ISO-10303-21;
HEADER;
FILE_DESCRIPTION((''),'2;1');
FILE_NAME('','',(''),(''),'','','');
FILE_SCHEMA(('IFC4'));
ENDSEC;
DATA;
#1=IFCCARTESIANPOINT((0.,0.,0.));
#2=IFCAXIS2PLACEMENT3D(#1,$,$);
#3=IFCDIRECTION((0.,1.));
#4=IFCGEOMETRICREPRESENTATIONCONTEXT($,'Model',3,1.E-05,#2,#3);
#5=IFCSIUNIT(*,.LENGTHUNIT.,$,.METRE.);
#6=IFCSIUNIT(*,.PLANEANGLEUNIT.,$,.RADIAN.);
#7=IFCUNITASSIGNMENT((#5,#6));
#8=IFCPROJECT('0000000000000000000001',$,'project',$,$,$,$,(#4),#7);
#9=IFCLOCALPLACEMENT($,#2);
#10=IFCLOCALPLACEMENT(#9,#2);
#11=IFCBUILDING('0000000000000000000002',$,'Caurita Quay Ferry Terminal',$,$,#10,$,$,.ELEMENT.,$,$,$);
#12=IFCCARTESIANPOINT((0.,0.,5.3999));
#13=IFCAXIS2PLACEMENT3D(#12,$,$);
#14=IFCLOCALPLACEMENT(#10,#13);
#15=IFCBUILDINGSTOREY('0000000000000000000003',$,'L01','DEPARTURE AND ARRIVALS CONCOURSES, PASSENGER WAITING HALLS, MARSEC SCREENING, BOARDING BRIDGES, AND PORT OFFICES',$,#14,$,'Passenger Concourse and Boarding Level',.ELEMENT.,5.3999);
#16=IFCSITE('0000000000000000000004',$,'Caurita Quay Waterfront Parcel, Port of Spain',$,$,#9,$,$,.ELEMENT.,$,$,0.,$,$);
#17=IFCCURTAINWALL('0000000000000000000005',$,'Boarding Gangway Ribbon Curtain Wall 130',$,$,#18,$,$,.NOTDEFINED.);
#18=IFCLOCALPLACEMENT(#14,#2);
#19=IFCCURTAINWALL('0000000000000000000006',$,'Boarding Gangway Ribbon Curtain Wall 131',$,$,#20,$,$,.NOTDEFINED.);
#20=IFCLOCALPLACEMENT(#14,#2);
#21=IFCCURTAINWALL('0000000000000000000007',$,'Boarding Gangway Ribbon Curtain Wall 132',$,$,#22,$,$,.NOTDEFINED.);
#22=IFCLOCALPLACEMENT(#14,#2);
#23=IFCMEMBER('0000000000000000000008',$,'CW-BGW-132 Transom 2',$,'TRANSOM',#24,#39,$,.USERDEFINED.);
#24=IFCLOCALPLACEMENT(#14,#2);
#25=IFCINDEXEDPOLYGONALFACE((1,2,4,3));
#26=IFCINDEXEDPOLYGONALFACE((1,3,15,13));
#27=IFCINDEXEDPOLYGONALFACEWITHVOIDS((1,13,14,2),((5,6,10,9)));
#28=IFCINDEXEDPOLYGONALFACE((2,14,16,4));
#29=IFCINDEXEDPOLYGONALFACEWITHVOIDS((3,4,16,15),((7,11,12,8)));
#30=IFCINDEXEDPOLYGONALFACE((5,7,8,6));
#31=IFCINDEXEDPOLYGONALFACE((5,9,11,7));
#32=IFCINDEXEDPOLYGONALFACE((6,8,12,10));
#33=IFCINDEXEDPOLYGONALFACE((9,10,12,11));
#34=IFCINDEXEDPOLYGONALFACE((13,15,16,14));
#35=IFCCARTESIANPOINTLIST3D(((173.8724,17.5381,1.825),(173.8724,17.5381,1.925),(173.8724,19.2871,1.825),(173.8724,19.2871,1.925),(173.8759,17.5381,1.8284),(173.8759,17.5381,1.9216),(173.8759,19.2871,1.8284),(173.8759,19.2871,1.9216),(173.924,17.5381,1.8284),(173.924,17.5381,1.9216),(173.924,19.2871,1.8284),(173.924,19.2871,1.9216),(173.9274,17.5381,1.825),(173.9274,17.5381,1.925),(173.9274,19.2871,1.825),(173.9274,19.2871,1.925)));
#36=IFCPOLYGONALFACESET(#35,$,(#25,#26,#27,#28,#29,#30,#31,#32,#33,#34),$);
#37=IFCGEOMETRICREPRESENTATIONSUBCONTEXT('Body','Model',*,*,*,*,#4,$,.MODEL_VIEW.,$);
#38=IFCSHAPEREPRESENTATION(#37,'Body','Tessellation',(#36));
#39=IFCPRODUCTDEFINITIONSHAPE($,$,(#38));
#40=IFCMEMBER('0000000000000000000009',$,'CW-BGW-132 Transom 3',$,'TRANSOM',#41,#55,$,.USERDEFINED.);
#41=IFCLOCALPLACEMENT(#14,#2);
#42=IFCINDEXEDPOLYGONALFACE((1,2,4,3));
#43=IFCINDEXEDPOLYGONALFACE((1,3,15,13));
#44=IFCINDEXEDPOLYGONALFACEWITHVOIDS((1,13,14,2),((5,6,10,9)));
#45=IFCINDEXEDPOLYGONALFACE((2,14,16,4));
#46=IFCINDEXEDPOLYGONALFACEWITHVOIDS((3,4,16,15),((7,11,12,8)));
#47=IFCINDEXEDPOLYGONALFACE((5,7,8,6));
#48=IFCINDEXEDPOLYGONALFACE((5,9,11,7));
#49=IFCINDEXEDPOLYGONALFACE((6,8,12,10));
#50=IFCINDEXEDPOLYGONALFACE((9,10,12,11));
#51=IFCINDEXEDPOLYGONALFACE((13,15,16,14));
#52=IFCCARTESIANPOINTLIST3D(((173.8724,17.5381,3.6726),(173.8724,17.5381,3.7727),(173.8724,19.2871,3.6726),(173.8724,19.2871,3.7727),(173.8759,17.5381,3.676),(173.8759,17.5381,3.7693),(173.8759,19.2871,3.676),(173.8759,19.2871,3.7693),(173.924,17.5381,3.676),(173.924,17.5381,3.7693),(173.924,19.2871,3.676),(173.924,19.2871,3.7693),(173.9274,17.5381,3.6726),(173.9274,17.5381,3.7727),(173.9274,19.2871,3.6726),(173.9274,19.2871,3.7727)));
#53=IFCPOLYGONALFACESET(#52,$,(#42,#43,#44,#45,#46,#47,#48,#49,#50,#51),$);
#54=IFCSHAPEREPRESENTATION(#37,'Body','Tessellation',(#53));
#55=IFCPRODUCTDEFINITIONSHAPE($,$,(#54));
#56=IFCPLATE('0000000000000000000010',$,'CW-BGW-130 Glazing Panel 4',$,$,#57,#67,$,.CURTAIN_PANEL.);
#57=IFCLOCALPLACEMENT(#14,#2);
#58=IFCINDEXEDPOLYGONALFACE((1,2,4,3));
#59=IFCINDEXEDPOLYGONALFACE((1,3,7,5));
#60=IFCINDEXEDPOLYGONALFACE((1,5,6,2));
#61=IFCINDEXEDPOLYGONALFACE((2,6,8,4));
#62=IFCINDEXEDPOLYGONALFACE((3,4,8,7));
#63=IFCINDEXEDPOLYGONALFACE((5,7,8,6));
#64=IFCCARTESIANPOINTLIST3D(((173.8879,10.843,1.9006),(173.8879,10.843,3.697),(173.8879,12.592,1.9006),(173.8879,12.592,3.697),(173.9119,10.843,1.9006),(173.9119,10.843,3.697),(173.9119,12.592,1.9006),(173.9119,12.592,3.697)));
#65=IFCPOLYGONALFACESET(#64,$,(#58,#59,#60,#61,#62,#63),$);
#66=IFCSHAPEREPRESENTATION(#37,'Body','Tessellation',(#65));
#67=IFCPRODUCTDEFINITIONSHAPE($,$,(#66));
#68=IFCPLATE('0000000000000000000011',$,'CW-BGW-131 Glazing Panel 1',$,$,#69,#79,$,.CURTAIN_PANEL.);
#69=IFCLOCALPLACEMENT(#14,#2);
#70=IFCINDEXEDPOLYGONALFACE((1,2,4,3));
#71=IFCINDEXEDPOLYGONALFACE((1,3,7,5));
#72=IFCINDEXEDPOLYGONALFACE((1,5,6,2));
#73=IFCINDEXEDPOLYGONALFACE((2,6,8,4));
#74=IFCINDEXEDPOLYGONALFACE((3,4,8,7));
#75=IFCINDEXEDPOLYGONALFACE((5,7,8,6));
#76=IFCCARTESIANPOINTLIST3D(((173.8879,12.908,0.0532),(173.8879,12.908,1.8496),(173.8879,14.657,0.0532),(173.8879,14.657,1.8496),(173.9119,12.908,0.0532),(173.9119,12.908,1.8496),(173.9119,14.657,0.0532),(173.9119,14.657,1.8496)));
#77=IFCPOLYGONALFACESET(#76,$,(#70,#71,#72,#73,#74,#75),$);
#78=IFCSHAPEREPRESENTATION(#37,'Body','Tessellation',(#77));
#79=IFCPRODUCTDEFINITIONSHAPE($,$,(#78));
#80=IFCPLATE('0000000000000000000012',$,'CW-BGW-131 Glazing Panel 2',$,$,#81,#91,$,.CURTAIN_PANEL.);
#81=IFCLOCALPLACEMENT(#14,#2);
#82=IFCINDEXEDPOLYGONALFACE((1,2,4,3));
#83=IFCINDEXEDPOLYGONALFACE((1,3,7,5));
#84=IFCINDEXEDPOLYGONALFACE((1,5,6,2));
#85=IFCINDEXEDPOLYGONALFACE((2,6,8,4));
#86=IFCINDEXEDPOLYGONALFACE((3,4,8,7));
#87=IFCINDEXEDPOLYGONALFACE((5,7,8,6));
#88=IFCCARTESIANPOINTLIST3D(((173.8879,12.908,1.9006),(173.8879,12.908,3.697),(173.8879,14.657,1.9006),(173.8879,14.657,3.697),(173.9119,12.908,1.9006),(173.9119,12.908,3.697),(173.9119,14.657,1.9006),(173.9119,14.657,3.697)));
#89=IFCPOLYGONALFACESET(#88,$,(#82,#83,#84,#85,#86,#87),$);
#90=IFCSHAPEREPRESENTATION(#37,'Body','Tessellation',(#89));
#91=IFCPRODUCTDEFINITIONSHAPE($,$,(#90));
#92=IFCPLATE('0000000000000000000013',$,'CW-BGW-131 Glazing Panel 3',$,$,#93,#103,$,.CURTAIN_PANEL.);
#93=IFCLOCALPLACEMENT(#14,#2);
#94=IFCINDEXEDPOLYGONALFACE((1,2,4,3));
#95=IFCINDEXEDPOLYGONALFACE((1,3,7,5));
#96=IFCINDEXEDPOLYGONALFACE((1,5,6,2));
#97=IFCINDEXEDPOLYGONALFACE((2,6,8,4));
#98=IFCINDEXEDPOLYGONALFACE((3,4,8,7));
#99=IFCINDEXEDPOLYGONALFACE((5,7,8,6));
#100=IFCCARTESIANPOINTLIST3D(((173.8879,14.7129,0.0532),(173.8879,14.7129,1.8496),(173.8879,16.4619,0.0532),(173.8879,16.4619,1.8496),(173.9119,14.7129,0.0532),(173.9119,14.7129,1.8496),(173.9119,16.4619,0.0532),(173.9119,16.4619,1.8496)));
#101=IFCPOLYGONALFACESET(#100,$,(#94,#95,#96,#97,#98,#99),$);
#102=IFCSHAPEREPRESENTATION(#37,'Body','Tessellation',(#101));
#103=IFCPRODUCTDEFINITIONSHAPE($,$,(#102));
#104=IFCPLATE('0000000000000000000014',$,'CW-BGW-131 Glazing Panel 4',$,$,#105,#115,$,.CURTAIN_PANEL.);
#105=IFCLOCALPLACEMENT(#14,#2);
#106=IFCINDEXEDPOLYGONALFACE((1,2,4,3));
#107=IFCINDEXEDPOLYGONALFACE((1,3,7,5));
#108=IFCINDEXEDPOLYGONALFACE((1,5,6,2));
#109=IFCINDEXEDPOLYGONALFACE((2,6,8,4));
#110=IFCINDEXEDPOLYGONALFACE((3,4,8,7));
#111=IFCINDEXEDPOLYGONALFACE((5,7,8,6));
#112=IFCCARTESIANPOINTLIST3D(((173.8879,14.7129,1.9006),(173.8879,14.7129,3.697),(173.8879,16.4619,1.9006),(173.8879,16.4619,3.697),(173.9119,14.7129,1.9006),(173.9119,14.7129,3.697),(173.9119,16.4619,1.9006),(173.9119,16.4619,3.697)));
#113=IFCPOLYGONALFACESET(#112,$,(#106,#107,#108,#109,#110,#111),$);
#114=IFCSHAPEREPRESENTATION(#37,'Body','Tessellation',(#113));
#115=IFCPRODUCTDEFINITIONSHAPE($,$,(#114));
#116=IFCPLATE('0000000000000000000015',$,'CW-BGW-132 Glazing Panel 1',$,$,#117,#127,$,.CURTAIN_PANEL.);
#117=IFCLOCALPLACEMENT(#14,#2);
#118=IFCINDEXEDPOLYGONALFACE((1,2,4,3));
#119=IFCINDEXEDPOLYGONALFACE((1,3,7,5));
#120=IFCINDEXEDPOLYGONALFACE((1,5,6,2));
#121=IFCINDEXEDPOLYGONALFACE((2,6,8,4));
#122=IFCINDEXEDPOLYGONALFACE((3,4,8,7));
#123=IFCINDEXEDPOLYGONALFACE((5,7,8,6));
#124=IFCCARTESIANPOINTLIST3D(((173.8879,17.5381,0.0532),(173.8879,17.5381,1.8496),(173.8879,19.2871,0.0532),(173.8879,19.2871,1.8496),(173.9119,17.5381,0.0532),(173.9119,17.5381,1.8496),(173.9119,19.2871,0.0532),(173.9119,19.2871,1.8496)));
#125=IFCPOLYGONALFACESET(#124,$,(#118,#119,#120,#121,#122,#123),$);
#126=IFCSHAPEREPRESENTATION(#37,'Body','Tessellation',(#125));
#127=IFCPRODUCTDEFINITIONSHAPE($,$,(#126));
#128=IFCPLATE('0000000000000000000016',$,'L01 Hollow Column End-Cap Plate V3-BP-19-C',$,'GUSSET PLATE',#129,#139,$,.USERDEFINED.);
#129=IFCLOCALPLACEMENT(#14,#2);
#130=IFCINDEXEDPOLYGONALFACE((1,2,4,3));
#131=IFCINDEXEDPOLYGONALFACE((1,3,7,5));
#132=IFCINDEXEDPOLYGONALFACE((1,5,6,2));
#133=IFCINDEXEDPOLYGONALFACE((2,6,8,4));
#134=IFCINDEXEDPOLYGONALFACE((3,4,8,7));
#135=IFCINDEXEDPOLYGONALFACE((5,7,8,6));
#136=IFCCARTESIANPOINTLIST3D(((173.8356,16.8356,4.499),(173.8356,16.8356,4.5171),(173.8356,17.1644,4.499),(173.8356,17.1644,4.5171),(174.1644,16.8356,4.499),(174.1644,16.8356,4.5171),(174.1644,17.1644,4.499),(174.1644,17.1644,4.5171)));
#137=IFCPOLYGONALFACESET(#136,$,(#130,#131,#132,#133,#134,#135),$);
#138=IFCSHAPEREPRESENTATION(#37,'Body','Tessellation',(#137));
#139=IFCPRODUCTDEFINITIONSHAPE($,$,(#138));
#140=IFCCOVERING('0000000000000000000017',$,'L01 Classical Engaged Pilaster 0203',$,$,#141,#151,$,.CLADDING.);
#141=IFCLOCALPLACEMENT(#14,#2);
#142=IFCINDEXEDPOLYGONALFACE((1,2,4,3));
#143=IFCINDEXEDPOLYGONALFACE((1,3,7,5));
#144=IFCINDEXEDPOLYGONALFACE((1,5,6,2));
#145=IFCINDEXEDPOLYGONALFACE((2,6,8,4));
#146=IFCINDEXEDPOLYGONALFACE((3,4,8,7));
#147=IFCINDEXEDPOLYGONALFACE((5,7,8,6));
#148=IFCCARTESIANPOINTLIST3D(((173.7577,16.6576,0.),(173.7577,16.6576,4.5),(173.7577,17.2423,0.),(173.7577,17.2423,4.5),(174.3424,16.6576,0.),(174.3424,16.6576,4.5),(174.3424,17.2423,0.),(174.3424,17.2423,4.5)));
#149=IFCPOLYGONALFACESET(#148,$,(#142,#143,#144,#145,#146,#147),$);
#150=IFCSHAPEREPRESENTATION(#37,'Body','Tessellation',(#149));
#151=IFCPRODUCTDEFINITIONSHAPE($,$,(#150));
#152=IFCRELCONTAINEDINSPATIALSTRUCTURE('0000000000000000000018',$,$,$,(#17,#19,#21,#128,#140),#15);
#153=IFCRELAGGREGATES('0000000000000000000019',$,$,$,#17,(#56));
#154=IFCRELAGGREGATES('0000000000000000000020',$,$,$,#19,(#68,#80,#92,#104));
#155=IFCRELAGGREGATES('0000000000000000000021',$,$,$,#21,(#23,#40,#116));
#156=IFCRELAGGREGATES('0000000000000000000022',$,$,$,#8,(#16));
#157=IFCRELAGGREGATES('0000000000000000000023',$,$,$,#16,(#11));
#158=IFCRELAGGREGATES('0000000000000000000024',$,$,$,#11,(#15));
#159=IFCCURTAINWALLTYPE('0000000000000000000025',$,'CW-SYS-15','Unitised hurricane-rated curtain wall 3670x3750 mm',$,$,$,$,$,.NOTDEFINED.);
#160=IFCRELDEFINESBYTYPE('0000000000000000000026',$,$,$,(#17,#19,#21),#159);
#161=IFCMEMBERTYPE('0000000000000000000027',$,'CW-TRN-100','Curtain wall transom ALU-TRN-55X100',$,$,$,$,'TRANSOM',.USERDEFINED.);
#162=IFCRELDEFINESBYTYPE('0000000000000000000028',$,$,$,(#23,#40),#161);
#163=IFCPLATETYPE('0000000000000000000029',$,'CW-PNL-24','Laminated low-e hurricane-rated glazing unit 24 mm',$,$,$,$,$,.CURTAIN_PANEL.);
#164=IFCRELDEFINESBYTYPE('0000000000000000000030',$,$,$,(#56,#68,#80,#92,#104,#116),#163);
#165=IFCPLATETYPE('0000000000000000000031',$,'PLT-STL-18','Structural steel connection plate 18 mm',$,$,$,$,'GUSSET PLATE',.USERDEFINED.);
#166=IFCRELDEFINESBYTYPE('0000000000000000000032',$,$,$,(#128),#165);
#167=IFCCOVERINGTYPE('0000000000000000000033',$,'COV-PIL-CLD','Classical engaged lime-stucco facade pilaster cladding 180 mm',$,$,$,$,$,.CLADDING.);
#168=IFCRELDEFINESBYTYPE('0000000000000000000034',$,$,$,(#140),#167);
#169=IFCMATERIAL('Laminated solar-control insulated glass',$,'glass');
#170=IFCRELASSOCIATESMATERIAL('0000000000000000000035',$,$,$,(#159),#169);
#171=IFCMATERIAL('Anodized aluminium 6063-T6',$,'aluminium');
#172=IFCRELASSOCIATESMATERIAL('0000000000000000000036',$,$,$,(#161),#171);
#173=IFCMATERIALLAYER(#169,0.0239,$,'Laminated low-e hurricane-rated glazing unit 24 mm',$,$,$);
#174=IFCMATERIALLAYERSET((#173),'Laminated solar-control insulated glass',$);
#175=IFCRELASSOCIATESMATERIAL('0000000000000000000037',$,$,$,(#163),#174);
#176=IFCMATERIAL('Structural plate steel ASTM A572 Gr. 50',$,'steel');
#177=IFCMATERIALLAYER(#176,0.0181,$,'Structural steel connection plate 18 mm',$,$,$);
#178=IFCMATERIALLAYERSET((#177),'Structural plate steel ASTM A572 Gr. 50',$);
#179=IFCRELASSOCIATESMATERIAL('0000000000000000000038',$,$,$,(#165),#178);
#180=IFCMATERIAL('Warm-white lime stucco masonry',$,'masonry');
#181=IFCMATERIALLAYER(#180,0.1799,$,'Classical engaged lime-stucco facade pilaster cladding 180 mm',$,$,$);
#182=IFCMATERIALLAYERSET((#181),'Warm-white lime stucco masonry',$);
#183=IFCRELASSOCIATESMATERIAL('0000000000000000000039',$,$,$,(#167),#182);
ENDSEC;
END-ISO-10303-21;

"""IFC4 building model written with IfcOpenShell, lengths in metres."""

from ifc_helpers import new_model, si_unit, direction, frame, origin, origin_2d, place, context, subcontext, project, spatial, rectangle, hollow_rectangle, extrude, material, layer, layer_set, material_profile, profile_set, type_object, element, aggregate, save


model = new_model("IFC4")

# Units and contexts
model_context = context("Model", 3, precision=1e-05, world=origin(), true_north=direction((0.0, 1.0)))
body_context = subcontext(model_context, "Body", "Model", "MODEL_VIEW")
ifc_project = project(units=[si_unit("LENGTHUNIT", "METRE"), si_unit("PLANEANGLEUNIT", "RADIAN")], contexts=[model_context])

# Site, building, storey
site_placement = place(None, origin())
site = spatial("IfcSite", under=ifc_project, at=site_placement, Name="Caurita Quay Waterfront Parcel, Port of Spain", CompositionType="ELEMENT", RefElevation=0.0)
building_placement = place(site_placement, origin())
building = spatial("IfcBuilding", under=site, at=building_placement, Name="Caurita Quay Ferry Terminal", CompositionType="ELEMENT")
storey_placement = place(building_placement, frame((0.0, 0.0, 5.3999)))
storey = spatial("IfcBuildingStorey", under=building, at=storey_placement, Name="L01", Description="DEPARTURE AND ARRIVALS CONCOURSES, PASSENGER WAITING HALLS, MARSEC SCREENING, BOARDING BRIDGES, AND PORT OFFICES", LongName="Passenger Concourse and Boarding Level", CompositionType="ELEMENT", Elevation=5.3999)

# Curtain wall
ifc_material_1 = material(Name="Laminated solar-control insulated glass", Category="glass")
curtain_wall_type = type_object("IfcCurtainWallType", Name="CW-SYS-15", Description="Unitised hurricane-rated curtain wall 3670x3750 mm", PredefinedType="NOTDEFINED", material=ifc_material_1)
curtain_wall_1_placement = place(storey_placement, origin())
curtain_wall_1 = element("IfcCurtainWall", 1, at=curtain_wall_1_placement, inside=storey, type_object=curtain_wall_type, Name="Boarding Gangway Ribbon Curtain Wall 130", PredefinedType="NOTDEFINED")
ifc_material_2 = material(Name="Anodized aluminium 6063-T6", Category="aluminium")

# Curtain wall
curtain_wall_2_placement = place(storey_placement, origin())
curtain_wall_2 = element("IfcCurtainWall", 2, at=curtain_wall_2_placement, inside=storey, type_object=curtain_wall_type, Name="Boarding Gangway Ribbon Curtain Wall 131", PredefinedType="NOTDEFINED")

# Curtain wall
curtain_wall_3_placement = place(storey_placement, origin())
curtain_wall_3 = element("IfcCurtainWall", 3, at=curtain_wall_3_placement, inside=storey, type_object=curtain_wall_type, Name="Boarding Gangway Ribbon Curtain Wall 132", PredefinedType="NOTDEFINED")

# Members
ifc_material_profile_1 = material_profile(ifc_material_2, hollow_rectangle(XDim=0.0549, YDim=0.1001, WallThickness=0.0034, at=origin_2d()), Name="ALU-TRN-55X100")
ifc_profile_set_1 = profile_set([ifc_material_profile_1], Name="Anodized aluminium 6063-T6")
member_type_1 = type_object("IfcMemberType", Name="CW-TRN-100", Description="Curtain wall transom ALU-TRN-55X100", ElementType="TRANSOM", PredefinedType="USERDEFINED", material=ifc_profile_set_1)
member_1_placement = place(storey_placement, frame((173.8999, 17.5381, 1.875), z_axis=(0.0, 1.0, 0.0), x_axis=(-1.0, 0.0, 0.0)))
member_1 = element("IfcMember", 4, at=member_1_placement, type_object=member_type_1, Name="CW-BGW-132 Transom 2", ObjectType="TRANSOM", PredefinedType="USERDEFINED", context=body_context, shape_type="SweptSolid", body=[
    extrude(hollow_rectangle(XDim=0.0549, YDim=0.1001, WallThickness=0.0034, at=origin_2d()), origin(), (0.0, 0.0, 1.0), 1.749),
])
member_2_placement = place(storey_placement, frame((173.8999, 17.5381, 3.7227), z_axis=(0.0, 1.0, 0.0), x_axis=(-1.0, 0.0, 0.0)))
member_2 = element("IfcMember", 5, at=member_2_placement, type_object=member_type_1, Name="CW-BGW-132 Transom 3", ObjectType="TRANSOM", PredefinedType="USERDEFINED", context=body_context, shape_type="SweptSolid", body=[
    extrude(hollow_rectangle(XDim=0.0549, YDim=0.1001, WallThickness=0.0034, at=origin_2d()), origin(), (0.0, 0.0, 1.0), 1.749),
])

# Plates
ifc_layer_1 = layer(ifc_material_1, 0.0239, Name="Laminated low-e hurricane-rated glazing unit 24 mm")
ifc_layer_set_1 = layer_set([ifc_layer_1], Name="Laminated solar-control insulated glass")
plate_type_1 = type_object("IfcPlateType", Name="CW-PNL-24", Description="Laminated low-e hurricane-rated glazing unit 24 mm", PredefinedType="CURTAIN_PANEL", material=ifc_layer_set_1)
plate_1_placement = place(storey_placement, frame((173.8999, 11.7175, 1.9006), z_axis=(0.0, 0.0, 1.0), x_axis=(0.0, 1.0, 0.0)))
plate_1 = element("IfcPlate", 6, at=plate_1_placement, type_object=plate_type_1, Name="CW-BGW-130 Glazing Panel 4", PredefinedType="CURTAIN_PANEL", context=body_context, shape_type="SweptSolid", body=[
    extrude(rectangle(XDim=1.749, YDim=0.0239, at=origin_2d()), origin(), (0.0, 0.0, 1.0), 1.7964),
])
aggregate(curtain_wall_1, [plate_1])
plate_2_placement = place(storey_placement, frame((173.8999, 13.7825, 0.0532), z_axis=(0.0, 0.0, 1.0), x_axis=(0.0, 1.0, 0.0)))
plate_2 = element("IfcPlate", 7, at=plate_2_placement, type_object=plate_type_1, Name="CW-BGW-131 Glazing Panel 1", PredefinedType="CURTAIN_PANEL", context=body_context, shape_type="SweptSolid", body=[
    extrude(rectangle(XDim=1.749, YDim=0.0239, at=origin_2d()), origin(), (0.0, 0.0, 1.0), 1.7964),
])
plate_3_placement = place(storey_placement, frame((173.8999, 13.7825, 1.9006), z_axis=(0.0, 0.0, 1.0), x_axis=(0.0, 1.0, 0.0)))
plate_3 = element("IfcPlate", 8, at=plate_3_placement, type_object=plate_type_1, Name="CW-BGW-131 Glazing Panel 2", PredefinedType="CURTAIN_PANEL", context=body_context, shape_type="SweptSolid", body=[
    extrude(rectangle(XDim=1.749, YDim=0.0239, at=origin_2d()), origin(), (0.0, 0.0, 1.0), 1.7964),
])
plate_4_placement = place(storey_placement, frame((173.8999, 15.5874, 0.0532), z_axis=(0.0, 0.0, 1.0), x_axis=(0.0, 1.0, 0.0)))
plate_4 = element("IfcPlate", 9, at=plate_4_placement, type_object=plate_type_1, Name="CW-BGW-131 Glazing Panel 3", PredefinedType="CURTAIN_PANEL", context=body_context, shape_type="SweptSolid", body=[
    extrude(rectangle(XDim=1.749, YDim=0.0239, at=origin_2d()), origin(), (0.0, 0.0, 1.0), 1.7964),
])
plate_5_placement = place(storey_placement, frame((173.8999, 15.5874, 1.9006), z_axis=(0.0, 0.0, 1.0), x_axis=(0.0, 1.0, 0.0)))
plate_5 = element("IfcPlate", 10, at=plate_5_placement, type_object=plate_type_1, Name="CW-BGW-131 Glazing Panel 4", PredefinedType="CURTAIN_PANEL", context=body_context, shape_type="SweptSolid", body=[
    extrude(rectangle(XDim=1.749, YDim=0.0239, at=origin_2d()), origin(), (0.0, 0.0, 1.0), 1.7964),
])
aggregate(curtain_wall_2, [plate_2, plate_3, plate_4, plate_5])
plate_6_placement = place(storey_placement, frame((173.8999, 18.4126, 0.0532), z_axis=(0.0, 0.0, 1.0), x_axis=(0.0, 1.0, 0.0)))
plate_6 = element("IfcPlate", 11, at=plate_6_placement, type_object=plate_type_1, Name="CW-BGW-132 Glazing Panel 1", PredefinedType="CURTAIN_PANEL", context=body_context, shape_type="SweptSolid", body=[
    extrude(rectangle(XDim=1.749, YDim=0.0239, at=origin_2d()), origin(), (0.0, 0.0, 1.0), 1.7964),
])
aggregate(curtain_wall_3, [member_1, member_2, plate_6])
ifc_material_3 = material(Name="Structural plate steel ASTM A572 Gr. 50", Category="steel")
ifc_layer_2 = layer(ifc_material_3, 0.0181, Name="Structural steel connection plate 18 mm")
ifc_layer_set_2 = layer_set([ifc_layer_2], Name="Structural plate steel ASTM A572 Gr. 50")
plate_type_2 = type_object("IfcPlateType", Name="PLT-STL-18", Description="Structural steel connection plate 18 mm", ElementType="GUSSET PLATE", PredefinedType="USERDEFINED", material=ifc_layer_set_2)
plate_7_placement = place(storey_placement, frame((174.0, 17.0, 4.499), z_axis=(0.0, 0.0, 1.0), x_axis=(1.0, 0.0, 0.0)))
element("IfcPlate", 12, at=plate_7_placement, inside=storey, type_object=plate_type_2, Name="L01 Hollow Column End-Cap Plate V3-BP-19-C", ObjectType="GUSSET PLATE", PredefinedType="USERDEFINED", context=body_context, shape_type="SweptSolid", body=[
    extrude(rectangle(XDim=0.3289, YDim=0.3289, at=origin_2d()), origin(), (0.0, 0.0, 1.0), 0.0181),
])

# Covering
ifc_material_4 = material(Name="Warm-white lime stucco masonry", Category="masonry")
ifc_layer_3 = layer(ifc_material_4, 0.1799, Name="Classical engaged lime-stucco facade pilaster cladding 180 mm")
ifc_layer_set_3 = layer_set([ifc_layer_3], Name="Warm-white lime stucco masonry")
covering_type = type_object("IfcCoveringType", Name="COV-PIL-CLD", Description="Classical engaged lime-stucco facade pilaster cladding 180 mm", PredefinedType="CLADDING", material=ifc_layer_set_3)
covering_placement = place(storey_placement, frame((174.05, 16.95, 0.0), z_axis=(0.0, 0.0, 1.0), x_axis=(1.0, 0.0, 0.0)))
element("IfcCovering", 13, at=covering_placement, inside=storey, type_object=covering_type, Name="L01 Classical Engaged Pilaster 0203", PredefinedType="CLADDING", context=body_context, shape_type="SweptSolid", body=[
    extrude(rectangle(XDim=0.5847, YDim=0.5847, at=origin_2d()), origin(), (0.0, 0.0, 1.0), 4.5),
])

save(model, "model.ifc")
